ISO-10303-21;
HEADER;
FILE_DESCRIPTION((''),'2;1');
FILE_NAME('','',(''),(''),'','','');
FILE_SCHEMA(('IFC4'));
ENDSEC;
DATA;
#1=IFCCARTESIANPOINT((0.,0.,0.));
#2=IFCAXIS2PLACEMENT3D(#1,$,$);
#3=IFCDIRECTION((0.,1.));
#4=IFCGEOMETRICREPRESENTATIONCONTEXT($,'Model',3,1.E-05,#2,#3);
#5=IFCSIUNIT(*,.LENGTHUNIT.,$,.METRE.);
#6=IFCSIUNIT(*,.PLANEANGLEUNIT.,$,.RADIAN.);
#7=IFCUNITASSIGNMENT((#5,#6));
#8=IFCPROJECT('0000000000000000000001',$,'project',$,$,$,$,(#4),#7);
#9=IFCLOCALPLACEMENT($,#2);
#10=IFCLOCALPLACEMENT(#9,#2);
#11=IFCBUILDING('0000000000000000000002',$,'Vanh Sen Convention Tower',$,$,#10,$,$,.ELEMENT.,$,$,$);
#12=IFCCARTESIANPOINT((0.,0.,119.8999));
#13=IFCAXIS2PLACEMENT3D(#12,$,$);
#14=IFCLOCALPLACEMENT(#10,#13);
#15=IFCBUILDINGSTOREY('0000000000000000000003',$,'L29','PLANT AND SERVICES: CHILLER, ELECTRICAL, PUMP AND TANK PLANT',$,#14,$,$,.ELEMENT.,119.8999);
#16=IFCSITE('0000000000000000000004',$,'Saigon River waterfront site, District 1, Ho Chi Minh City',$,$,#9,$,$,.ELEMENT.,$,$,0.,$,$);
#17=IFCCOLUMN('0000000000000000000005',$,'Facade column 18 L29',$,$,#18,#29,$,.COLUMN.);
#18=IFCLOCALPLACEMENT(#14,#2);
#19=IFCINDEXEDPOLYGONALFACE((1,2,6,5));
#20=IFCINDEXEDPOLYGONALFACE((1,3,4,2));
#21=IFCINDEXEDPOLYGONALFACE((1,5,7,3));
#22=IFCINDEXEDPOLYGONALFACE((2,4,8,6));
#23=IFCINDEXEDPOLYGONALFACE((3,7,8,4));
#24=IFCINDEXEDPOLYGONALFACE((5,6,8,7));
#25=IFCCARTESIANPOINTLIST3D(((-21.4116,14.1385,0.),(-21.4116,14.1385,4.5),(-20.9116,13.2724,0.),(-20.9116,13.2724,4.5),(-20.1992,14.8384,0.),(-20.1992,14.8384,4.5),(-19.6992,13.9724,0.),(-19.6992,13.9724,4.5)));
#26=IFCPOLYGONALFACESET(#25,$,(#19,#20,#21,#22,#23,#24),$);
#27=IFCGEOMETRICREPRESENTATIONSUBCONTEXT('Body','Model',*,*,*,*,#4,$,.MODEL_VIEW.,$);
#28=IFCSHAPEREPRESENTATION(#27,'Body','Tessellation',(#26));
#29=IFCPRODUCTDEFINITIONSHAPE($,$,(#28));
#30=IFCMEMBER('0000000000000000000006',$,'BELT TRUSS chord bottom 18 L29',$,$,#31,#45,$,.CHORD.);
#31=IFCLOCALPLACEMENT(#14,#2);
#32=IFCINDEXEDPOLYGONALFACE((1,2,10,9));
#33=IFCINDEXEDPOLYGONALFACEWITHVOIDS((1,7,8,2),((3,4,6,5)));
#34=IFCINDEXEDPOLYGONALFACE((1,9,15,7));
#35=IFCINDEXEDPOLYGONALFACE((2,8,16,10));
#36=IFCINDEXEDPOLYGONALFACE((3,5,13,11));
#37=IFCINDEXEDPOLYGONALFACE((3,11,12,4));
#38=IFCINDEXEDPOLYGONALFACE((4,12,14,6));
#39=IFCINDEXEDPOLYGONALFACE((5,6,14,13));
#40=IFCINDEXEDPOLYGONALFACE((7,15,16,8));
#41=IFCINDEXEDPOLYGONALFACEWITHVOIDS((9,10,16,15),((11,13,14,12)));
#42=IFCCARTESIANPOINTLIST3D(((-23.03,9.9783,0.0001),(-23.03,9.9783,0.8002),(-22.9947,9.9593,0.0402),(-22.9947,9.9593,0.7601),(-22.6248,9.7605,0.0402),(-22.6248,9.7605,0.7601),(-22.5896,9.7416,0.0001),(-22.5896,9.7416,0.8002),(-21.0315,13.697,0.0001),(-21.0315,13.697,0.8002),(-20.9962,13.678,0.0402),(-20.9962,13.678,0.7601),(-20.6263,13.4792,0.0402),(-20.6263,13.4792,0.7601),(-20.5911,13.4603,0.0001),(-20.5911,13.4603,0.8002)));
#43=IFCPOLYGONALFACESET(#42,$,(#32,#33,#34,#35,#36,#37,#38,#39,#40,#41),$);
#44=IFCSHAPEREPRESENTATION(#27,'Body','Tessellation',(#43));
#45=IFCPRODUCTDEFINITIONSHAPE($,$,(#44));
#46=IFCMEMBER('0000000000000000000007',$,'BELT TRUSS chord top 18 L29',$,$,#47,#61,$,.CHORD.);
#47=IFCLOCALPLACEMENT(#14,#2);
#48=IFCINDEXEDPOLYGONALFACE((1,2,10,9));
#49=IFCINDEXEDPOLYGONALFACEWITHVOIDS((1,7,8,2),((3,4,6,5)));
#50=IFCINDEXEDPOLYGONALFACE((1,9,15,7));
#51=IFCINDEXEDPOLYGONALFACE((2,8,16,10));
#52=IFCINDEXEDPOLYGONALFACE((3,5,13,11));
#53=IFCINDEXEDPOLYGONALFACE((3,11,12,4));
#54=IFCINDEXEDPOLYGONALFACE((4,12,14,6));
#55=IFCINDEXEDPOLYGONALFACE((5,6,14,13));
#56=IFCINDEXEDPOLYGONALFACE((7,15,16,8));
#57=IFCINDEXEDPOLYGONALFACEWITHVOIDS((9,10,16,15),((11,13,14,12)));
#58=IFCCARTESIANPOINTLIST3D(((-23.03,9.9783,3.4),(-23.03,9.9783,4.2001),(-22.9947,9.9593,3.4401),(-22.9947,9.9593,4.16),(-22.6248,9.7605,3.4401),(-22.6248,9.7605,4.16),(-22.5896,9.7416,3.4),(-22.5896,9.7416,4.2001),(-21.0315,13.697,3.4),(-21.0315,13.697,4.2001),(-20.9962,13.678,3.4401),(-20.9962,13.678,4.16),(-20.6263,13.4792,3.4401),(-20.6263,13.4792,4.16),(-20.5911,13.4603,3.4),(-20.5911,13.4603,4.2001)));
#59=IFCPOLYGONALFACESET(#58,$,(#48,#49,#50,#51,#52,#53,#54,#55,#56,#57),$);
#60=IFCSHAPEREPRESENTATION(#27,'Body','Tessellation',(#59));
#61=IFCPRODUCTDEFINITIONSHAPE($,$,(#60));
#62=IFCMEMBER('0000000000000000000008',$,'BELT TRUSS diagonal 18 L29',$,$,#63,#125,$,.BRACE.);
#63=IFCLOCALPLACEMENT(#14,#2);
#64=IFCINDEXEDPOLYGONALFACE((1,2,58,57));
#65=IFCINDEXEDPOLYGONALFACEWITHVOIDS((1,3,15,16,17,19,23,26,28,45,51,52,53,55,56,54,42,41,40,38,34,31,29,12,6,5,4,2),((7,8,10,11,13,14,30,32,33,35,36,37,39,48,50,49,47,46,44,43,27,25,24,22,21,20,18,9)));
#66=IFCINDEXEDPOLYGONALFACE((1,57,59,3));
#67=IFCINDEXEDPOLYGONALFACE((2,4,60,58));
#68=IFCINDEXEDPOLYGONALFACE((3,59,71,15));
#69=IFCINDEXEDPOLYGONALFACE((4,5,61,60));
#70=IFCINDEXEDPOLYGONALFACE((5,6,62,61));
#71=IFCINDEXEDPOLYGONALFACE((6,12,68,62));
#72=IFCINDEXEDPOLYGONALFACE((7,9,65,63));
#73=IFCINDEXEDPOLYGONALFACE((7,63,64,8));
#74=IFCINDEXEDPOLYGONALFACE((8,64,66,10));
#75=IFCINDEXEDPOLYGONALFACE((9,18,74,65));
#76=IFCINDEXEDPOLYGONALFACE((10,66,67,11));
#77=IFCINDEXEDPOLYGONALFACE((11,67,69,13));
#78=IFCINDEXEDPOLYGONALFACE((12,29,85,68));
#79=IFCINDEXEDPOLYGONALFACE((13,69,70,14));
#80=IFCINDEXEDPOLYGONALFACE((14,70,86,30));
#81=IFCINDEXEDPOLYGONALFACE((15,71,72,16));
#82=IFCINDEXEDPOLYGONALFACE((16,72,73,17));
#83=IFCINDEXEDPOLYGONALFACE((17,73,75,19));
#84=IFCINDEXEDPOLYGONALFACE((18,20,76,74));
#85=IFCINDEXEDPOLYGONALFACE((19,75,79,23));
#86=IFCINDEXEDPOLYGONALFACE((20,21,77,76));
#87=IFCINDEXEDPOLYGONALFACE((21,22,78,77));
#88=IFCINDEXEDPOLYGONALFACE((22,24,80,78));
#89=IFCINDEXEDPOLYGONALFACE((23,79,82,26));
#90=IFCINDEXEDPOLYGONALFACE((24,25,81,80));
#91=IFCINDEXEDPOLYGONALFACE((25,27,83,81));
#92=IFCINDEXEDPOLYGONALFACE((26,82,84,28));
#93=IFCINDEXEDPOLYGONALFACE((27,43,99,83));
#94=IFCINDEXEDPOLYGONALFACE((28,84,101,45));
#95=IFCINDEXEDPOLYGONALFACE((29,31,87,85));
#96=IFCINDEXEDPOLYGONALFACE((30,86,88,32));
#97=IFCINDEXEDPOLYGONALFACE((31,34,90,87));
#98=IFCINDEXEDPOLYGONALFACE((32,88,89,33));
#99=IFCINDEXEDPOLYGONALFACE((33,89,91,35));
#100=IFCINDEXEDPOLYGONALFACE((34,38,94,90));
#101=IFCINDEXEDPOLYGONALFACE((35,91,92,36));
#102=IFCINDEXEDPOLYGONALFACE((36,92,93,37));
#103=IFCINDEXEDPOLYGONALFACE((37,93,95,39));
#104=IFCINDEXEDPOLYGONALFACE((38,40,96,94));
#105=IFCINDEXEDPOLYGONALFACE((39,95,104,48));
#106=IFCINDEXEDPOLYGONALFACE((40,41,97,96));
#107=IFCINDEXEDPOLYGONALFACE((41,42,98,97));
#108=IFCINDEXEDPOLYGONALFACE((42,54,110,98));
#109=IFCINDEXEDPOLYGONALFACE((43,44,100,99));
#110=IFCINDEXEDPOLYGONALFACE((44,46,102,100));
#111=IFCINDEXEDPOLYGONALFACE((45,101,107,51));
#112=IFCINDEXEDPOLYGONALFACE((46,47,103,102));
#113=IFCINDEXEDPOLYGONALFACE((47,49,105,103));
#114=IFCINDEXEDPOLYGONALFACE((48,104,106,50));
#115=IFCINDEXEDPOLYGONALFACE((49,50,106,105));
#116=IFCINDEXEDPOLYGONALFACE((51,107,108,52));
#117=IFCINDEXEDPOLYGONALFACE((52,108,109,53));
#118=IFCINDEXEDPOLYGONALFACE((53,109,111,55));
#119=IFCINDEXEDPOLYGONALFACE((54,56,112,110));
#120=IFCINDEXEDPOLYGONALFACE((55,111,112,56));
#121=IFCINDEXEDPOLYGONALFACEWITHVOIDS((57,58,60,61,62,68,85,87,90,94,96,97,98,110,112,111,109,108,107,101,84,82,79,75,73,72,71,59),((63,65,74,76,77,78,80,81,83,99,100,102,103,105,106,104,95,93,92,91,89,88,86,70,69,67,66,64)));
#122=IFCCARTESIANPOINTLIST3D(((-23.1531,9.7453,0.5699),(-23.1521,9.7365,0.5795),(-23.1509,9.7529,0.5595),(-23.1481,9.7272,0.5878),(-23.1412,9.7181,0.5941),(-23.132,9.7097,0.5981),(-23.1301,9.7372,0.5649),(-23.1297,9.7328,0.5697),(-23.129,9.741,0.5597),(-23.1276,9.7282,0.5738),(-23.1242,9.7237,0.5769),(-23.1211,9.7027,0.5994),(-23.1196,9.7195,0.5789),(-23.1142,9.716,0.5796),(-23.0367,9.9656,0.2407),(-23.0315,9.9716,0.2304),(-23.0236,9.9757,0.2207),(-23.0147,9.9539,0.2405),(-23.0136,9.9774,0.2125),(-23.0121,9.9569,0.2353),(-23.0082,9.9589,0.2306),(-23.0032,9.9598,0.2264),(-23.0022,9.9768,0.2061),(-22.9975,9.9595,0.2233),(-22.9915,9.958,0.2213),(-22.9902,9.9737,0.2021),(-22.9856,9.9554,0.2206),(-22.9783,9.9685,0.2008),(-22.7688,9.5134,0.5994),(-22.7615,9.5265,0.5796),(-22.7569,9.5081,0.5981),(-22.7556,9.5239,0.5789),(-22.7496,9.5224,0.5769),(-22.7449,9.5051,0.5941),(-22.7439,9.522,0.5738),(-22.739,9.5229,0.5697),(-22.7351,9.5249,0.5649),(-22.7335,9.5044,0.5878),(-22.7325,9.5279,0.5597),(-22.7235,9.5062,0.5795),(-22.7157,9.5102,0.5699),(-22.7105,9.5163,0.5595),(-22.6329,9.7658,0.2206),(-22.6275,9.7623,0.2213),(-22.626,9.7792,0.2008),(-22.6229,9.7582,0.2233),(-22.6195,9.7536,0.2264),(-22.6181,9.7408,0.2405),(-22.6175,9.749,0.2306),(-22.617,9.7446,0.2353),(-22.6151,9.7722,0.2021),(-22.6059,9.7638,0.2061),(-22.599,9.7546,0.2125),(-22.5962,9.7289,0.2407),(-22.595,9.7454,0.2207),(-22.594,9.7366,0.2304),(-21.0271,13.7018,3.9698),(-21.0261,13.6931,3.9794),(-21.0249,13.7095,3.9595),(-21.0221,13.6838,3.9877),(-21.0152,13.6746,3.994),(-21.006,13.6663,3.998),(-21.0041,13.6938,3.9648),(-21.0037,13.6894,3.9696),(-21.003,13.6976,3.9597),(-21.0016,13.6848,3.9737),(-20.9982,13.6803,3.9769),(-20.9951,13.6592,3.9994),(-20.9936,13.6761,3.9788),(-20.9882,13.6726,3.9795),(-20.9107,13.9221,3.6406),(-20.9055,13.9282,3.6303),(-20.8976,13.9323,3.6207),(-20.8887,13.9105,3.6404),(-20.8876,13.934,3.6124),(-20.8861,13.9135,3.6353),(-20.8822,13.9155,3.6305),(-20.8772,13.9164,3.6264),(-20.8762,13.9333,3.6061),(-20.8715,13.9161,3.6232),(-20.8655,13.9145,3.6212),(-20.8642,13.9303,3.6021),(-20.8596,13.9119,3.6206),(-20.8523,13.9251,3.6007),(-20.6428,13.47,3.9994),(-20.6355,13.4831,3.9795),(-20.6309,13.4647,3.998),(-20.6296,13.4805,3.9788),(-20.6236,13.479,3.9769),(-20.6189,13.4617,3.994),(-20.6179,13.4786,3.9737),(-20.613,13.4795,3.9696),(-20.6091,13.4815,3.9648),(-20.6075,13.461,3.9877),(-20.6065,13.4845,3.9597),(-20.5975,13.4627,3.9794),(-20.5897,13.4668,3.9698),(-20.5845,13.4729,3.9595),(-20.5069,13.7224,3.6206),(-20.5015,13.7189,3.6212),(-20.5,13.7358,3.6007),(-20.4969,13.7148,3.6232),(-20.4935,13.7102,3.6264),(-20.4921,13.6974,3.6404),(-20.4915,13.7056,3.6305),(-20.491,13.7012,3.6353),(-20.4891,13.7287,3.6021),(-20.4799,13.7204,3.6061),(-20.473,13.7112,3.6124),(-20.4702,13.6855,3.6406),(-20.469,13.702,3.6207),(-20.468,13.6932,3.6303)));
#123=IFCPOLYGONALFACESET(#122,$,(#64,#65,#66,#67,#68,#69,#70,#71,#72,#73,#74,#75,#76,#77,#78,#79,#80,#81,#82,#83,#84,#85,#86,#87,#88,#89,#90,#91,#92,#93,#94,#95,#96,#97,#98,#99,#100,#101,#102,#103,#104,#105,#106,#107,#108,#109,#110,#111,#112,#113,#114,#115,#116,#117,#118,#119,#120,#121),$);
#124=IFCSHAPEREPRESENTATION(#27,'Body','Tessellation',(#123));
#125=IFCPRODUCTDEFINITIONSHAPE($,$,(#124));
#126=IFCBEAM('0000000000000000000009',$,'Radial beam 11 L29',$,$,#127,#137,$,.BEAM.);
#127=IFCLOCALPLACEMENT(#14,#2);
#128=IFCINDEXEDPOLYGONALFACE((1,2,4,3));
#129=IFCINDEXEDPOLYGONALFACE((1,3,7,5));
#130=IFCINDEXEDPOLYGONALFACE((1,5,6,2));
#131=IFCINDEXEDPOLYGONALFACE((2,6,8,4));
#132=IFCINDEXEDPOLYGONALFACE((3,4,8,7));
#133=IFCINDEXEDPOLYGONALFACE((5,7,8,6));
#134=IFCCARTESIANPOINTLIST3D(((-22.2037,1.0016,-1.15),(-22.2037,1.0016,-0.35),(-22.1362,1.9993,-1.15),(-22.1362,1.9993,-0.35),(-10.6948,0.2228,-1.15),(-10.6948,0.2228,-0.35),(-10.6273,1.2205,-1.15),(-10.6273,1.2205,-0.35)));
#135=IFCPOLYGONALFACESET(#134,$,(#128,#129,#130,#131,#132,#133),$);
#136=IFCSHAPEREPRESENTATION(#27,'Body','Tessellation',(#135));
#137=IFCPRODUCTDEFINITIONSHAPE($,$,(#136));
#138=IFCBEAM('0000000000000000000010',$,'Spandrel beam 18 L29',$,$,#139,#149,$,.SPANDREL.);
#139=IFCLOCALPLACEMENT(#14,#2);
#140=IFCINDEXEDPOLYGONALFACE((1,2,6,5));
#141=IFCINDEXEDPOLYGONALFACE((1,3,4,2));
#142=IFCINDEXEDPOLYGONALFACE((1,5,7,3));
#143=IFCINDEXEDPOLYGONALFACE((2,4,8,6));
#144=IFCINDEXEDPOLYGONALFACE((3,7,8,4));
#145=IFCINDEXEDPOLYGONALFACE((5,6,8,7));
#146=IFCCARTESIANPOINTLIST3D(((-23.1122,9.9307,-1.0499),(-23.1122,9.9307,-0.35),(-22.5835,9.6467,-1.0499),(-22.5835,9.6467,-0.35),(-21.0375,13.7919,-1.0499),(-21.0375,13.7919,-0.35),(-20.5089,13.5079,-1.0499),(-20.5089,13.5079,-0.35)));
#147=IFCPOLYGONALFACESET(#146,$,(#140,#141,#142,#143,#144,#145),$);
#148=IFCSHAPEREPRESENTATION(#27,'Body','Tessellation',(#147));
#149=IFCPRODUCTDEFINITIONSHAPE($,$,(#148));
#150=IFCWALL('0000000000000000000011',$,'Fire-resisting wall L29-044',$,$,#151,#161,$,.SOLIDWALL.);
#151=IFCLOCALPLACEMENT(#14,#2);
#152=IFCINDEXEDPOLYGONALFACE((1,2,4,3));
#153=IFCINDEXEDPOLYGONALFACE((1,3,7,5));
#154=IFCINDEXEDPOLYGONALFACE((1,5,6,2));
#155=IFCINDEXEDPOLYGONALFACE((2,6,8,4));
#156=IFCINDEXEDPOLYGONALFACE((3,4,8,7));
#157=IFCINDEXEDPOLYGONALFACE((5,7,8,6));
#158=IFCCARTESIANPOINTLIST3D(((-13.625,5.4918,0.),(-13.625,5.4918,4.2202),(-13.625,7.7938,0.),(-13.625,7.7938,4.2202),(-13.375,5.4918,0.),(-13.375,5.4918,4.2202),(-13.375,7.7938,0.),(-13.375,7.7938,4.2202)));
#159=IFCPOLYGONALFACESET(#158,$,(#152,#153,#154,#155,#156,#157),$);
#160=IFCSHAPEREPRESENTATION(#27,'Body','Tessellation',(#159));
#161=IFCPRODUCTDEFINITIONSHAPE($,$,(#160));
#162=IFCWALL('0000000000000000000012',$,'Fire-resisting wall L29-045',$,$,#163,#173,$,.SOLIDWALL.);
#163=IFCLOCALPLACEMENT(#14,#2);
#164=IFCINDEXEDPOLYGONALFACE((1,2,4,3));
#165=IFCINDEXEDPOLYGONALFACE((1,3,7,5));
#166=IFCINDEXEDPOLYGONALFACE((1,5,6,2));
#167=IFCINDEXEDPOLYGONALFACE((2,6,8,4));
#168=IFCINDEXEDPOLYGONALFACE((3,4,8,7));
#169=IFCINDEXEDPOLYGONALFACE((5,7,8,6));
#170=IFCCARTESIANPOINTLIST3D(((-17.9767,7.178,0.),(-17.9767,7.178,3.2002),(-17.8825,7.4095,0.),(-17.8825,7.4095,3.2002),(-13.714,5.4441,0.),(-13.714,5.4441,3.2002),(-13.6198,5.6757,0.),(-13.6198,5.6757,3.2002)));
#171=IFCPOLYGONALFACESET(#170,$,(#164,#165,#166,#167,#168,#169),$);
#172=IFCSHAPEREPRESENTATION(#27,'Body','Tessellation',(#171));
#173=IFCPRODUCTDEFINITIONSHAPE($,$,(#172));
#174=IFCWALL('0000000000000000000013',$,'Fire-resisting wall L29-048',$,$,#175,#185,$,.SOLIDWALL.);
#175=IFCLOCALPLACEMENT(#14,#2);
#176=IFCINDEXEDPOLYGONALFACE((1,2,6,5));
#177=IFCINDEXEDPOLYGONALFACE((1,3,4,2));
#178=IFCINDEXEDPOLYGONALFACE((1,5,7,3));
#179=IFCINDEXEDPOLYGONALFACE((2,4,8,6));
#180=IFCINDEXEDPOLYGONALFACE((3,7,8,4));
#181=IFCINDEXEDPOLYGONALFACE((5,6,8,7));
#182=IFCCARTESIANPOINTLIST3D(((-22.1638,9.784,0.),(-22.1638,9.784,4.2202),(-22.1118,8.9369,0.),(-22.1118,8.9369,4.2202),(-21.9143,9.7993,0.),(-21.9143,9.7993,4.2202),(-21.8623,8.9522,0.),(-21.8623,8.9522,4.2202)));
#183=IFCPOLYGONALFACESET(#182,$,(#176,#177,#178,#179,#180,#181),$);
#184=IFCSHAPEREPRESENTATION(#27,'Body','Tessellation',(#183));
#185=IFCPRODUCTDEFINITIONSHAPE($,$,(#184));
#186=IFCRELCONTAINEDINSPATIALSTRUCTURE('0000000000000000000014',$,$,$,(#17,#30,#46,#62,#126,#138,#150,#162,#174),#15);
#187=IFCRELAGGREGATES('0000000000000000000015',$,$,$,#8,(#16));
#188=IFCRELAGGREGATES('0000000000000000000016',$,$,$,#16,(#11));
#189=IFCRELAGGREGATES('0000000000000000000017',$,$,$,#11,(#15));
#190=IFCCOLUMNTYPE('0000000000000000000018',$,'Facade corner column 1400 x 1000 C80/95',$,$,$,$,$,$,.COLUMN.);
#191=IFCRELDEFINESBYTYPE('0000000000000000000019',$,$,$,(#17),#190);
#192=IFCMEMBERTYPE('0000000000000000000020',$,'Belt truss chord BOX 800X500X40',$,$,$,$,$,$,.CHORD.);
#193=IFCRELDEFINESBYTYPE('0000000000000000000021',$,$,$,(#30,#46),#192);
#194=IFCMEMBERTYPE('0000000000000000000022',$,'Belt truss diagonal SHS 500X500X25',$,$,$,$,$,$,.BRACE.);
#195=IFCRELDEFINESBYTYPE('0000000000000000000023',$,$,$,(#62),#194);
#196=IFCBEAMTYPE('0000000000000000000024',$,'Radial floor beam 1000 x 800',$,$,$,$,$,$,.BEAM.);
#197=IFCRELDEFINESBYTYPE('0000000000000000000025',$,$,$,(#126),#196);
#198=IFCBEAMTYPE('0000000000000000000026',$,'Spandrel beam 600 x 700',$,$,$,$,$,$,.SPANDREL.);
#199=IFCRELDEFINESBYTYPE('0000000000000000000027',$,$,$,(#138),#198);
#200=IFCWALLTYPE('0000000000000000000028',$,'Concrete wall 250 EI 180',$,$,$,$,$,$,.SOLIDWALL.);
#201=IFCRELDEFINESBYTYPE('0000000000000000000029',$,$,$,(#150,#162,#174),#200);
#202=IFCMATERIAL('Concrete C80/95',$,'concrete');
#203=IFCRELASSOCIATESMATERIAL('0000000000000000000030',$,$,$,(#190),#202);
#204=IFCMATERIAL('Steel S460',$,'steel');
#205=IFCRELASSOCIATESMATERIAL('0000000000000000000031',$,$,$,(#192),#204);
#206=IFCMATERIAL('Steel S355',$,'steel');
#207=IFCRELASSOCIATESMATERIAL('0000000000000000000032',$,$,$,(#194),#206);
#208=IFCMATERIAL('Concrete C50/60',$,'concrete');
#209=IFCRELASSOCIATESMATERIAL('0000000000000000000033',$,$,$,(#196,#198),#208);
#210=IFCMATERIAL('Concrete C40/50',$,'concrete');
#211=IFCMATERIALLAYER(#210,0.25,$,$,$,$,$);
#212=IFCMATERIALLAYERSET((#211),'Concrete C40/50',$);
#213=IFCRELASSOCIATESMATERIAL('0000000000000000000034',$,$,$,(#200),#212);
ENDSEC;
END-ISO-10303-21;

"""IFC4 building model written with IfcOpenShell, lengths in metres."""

from ifc_helpers import new_model, si_unit, direction, frame, frame_2d, origin, origin_2d, place, context, subcontext, project, spatial, rectangle, hollow_rectangle, extrude, material, layer, layer_set, material_profile, profile_set, type_object, element, save


model = new_model("IFC4")

# Units and contexts
model_context = context("Model", 3, precision=1e-05, world=origin(), true_north=direction((0.0, 1.0)))
body_context = subcontext(model_context, "Body", "Model", "MODEL_VIEW")
ifc_project = project(units=[si_unit("LENGTHUNIT", "METRE"), si_unit("PLANEANGLEUNIT", "RADIAN")], contexts=[model_context])

# Site, building, storey
site_placement = place(None, origin())
site = spatial("IfcSite", under=ifc_project, at=site_placement, Name="Saigon River waterfront site, District 1, Ho Chi Minh City", CompositionType="ELEMENT", RefElevation=0.0)
building_placement = place(site_placement, origin())
building = spatial("IfcBuilding", under=site, at=building_placement, Name="Vanh Sen Convention Tower", CompositionType="ELEMENT")
storey_placement = place(building_placement, frame((0.0, 0.0, 119.8999)))
storey = spatial("IfcBuildingStorey", under=building, at=storey_placement, Name="L29", Description="PLANT AND SERVICES: CHILLER, ELECTRICAL, PUMP AND TANK PLANT", CompositionType="ELEMENT", Elevation=119.8999)

# Column
ifc_material_1 = material(Name="Concrete C80/95", Category="concrete")
ifc_material_profile_1 = material_profile(ifc_material_1, rectangle(XDim=1.3999, YDim=1.0, at=origin_2d()), Name="RC 1400X1000")
ifc_profile_set_1 = profile_set([ifc_material_profile_1], Name="Concrete C80/95")
column_type = type_object("IfcColumnType", Name="Facade corner column 1400 x 1000 C80/95", PredefinedType="COLUMN", material=ifc_profile_set_1)
column_placement = place(storey_placement, frame((-20.5554, 14.0554, 0.0), z_axis=(0.0, 0.0, 1.0), x_axis=(-0.866025, -0.5, 0.0)))
element("IfcColumn", 1, at=column_placement, inside=storey, type_object=column_type, Name="Facade column 18 L29", PredefinedType="COLUMN", context=body_context, shape_type="SweptSolid", body=[
    extrude(rectangle(XDim=1.3999, YDim=1.0, at=origin_2d()), origin(), (0.0, 0.0, 1.0), 4.5),
])

# Members
ifc_material_2 = material(Name="Steel S460", Category="steel")
ifc_material_profile_2 = material_profile(ifc_material_2, hollow_rectangle(XDim=0.5, YDim=0.8, WallThickness=0.04, at=origin_2d()), Name="BOX 800X500X40")
ifc_profile_set_2 = profile_set([ifc_material_profile_2], Name="Steel S460")
member_type_1 = type_object("IfcMemberType", Name="Belt truss chord BOX 800X500X40", PredefinedType="CHORD", material=ifc_profile_set_2)
for number, where, z_axis, x_axis, name in (
    (2, (-20.8113, 13.5786, 0.4001), (-0.473389, -0.880853, 0.0), (0.880853, -0.473389, 0.0), "BELT TRUSS chord bottom 18 L29"),
    (3, (-20.8113, 13.5786, 3.8), (-0.473389, -0.880853, 0.0), (0.880853, -0.473389, 0.0), "BELT TRUSS chord top 18 L29"),
):
    element("IfcMember", number, at=place(storey_placement, frame(where, z_axis=z_axis, x_axis=x_axis)), inside=storey, type_object=member_type_1, Name=name, PredefinedType="CHORD", context=body_context, shape_type="SweptSolid", body=[
        extrude(hollow_rectangle(XDim=0.5, YDim=0.8, WallThickness=0.04, at=origin_2d()), origin(), (0.0, 0.0, 1.0), 4.2217),
    ])
ifc_material_3 = material(Name="Steel S355", Category="steel")
ifc_material_profile_3 = material_profile(ifc_material_3, hollow_rectangle(XDim=0.5, YDim=0.5, WallThickness=0.0249, InnerFilletRadius=0.0249, OuterFilletRadius=0.05, at=origin_2d()), Name="SHS 500X500X25")
ifc_profile_set_3 = profile_set([ifc_material_profile_3], Name="Steel S355")
member_type_2 = type_object("IfcMemberType", Name="Belt truss diagonal SHS 500X500X25", PredefinedType="BRACE", material=ifc_profile_set_3)
member_placement = place(storey_placement, frame((-20.7476, 13.6975, 3.8), z_axis=(-0.377399, -0.702357, -0.603543), x_axis=(0.880886, -0.473328, 0.0)))
element("IfcMember", 4, at=member_placement, inside=storey, type_object=member_type_2, Name="BELT TRUSS diagonal 18 L29", PredefinedType="BRACE", context=body_context, shape_type="SweptSolid", body=[
    extrude(hollow_rectangle(XDim=0.5, YDim=0.5, WallThickness=0.0249, InnerFilletRadius=0.0249, OuterFilletRadius=0.05, at=origin_2d()), origin(), (0.0, 0.0, 1.0), 5.6333),
])

# Beams
ifc_material_4 = material(Name="Concrete C50/60", Category="concrete")
ifc_material_profile_4 = material_profile(ifc_material_4, rectangle(XDim=1.0, YDim=0.8, at=origin_2d()), Name="RC 1000X800")
ifc_profile_set_4 = profile_set([ifc_material_profile_4], Name="Concrete C50/60")
beam_type_1 = type_object("IfcBeamType", Name="Radial floor beam 1000 x 800", PredefinedType="BEAM", material=ifc_profile_set_4)
beam_1_placement = place(storey_placement, frame((-22.1699, 1.5005, -0.75), z_axis=(0.997718, -0.067516, 0.0), x_axis=(0.067516, 0.997718, 0.0)))
element("IfcBeam", 5, at=beam_1_placement, inside=storey, type_object=beam_type_1, Name="Radial beam 11 L29", PredefinedType="BEAM", context=body_context, shape_type="SweptSolid", body=[
    extrude(rectangle(XDim=1.0, YDim=0.8, at=origin_2d()), origin(), (0.0, 0.0, 1.0), 11.5352),
])
ifc_material_profile_5 = material_profile(ifc_material_4, rectangle(XDim=0.6001, YDim=0.7, at=origin_2d()), Name="RC 600X700")
ifc_profile_set_5 = profile_set([ifc_material_profile_5], Name="Concrete C50/60")
beam_type_2 = type_object("IfcBeamType", Name="Spandrel beam 600 x 700", PredefinedType="SPANDREL", material=ifc_profile_set_5)
beam_2_placement = place(storey_placement, frame((-20.7732, 13.6499, -0.7), z_axis=(-0.473309, -0.880896, 0.0), x_axis=(0.880896, -0.473309, 0.0)))
element("IfcBeam", 6, at=beam_2_placement, inside=storey, type_object=beam_type_2, Name="Spandrel beam 18 L29", PredefinedType="SPANDREL", context=body_context, shape_type="SweptSolid", body=[
    extrude(rectangle(XDim=0.6001, YDim=0.7, at=origin_2d()), origin(), (0.0, 0.0, 1.0), 4.3833),
])

# Walls
ifc_material_5 = material(Name="Concrete C40/50", Category="concrete")
ifc_layer_1 = layer(ifc_material_5, 0.25)
ifc_layer_set_1 = layer_set([ifc_layer_1], Name="Concrete C40/50")
wall_type_1 = type_object("IfcWallType", Name="Concrete wall 250 EI 180", PredefinedType="SOLIDWALL", material=ifc_layer_set_1)
wall_1_placement = place(storey_placement, frame((-13.5, 5.4919, 0.0), z_axis=(0.0, 0.0, 1.0), x_axis=(0.0, 1.0, 0.0)))
element("IfcWall", 7, at=wall_1_placement, inside=storey, type_object=wall_type_1, Name="Fire-resisting wall L29-044", PredefinedType="SOLIDWALL", context=body_context, shape_type="SweptSolid", body=[
    extrude(rectangle(XDim=2.302, YDim=0.25, at=frame_2d((1.1509, 0.0))), origin(), (0.0, 0.0, 1.0), 4.2202),
])
wall_2_placement = place(storey_placement, frame((-17.9294, 7.2937, 0.0), z_axis=(0.0, 0.0, 1.0), x_axis=(0.926302, -0.376781, 0.0)))
element("IfcWall", 8, at=wall_2_placement, inside=storey, type_object=wall_type_1, Name="Fire-resisting wall L29-045", PredefinedType="SOLIDWALL", context=body_context, shape_type="SweptSolid", body=[
    extrude(rectangle(XDim=4.6018, YDim=0.25, at=frame_2d((2.3008, 0.0))), origin(), (0.0, 0.0, 1.0), 3.2002),
])
wall_3_placement = place(storey_placement, frame((-21.9871, 8.9446, 0.0), z_axis=(0.0, 0.0, 1.0), x_axis=(-0.061286, 0.99812, 0.0)))
element("IfcWall", 9, at=wall_3_placement, inside=storey, type_object=wall_type_1, Name="Fire-resisting wall L29-048", PredefinedType="SOLIDWALL", context=body_context, shape_type="SweptSolid", body=[
    extrude(rectangle(XDim=0.8486, YDim=0.25, at=frame_2d((0.4243, 0.0))), origin(), (0.0, 0.0, 1.0), 4.2202),
])

save(model, "model.ifc")
